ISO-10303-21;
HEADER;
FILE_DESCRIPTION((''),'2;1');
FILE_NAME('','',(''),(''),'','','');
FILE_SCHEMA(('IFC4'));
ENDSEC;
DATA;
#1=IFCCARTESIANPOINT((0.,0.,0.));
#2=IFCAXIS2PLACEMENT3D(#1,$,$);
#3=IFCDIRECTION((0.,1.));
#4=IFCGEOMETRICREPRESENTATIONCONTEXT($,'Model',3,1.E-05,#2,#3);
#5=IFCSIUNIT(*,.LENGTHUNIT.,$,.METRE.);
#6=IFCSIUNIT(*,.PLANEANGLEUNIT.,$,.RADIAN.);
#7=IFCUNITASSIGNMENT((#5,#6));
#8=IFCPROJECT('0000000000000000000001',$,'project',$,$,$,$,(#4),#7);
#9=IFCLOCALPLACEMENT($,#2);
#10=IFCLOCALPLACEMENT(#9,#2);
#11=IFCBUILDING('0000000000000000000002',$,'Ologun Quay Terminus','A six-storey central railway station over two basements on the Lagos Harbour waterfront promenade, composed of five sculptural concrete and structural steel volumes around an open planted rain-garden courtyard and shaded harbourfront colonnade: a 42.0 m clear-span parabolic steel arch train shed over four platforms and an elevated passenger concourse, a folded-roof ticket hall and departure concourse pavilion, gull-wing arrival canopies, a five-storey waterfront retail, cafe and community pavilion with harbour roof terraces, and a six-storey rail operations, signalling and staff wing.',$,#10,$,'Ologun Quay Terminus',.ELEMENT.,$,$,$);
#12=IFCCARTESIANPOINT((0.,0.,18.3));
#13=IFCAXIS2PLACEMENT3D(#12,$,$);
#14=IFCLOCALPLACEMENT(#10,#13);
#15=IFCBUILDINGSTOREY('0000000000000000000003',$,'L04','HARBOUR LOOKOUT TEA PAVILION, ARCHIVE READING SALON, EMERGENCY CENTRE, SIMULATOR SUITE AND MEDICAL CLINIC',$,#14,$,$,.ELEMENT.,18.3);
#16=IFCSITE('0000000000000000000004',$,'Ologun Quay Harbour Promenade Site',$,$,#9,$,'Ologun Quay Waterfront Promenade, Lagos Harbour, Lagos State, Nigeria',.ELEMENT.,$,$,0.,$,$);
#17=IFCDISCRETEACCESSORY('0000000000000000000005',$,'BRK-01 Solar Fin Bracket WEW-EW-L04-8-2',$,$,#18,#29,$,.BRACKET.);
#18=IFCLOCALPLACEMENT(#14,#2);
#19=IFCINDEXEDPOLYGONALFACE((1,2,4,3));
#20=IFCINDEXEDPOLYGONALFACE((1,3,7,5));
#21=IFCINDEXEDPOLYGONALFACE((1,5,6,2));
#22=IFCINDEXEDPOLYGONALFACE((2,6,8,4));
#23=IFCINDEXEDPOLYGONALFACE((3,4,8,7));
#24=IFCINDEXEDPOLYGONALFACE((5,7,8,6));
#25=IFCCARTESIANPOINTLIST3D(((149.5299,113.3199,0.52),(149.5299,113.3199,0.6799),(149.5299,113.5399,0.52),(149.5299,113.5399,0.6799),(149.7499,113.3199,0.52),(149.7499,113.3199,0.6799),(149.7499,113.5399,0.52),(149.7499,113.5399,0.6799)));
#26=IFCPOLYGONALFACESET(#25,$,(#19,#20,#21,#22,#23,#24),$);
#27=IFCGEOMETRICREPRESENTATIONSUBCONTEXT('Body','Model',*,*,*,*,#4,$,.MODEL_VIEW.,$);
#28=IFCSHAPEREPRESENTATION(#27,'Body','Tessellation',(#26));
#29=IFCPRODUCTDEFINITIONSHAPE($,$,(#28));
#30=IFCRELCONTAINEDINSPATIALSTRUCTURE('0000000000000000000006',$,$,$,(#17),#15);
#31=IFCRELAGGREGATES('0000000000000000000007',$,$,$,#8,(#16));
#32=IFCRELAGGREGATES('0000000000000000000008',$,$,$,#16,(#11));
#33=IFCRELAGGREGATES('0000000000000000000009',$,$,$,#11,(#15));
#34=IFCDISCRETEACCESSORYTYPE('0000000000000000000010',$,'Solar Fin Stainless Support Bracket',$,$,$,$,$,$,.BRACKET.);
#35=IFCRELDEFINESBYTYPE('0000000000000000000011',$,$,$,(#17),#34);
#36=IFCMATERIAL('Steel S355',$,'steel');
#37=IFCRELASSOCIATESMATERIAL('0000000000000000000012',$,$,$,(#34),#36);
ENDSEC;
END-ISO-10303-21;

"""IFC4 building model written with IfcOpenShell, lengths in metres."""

from ifc_helpers import new_model, si_unit, direction, frame, origin, origin_2d, place, context, subcontext, project, spatial, rectangle, extrude, material, type_object, element, save


model = new_model("IFC4")

# Units and contexts
model_context = context("Model", 3, precision=1e-05, world=origin(), true_north=direction((0.0, 1.0)))
body_context = subcontext(model_context, "Body", "Model", "MODEL_VIEW")
ifc_project = project(units=[si_unit("LENGTHUNIT", "METRE"), si_unit("PLANEANGLEUNIT", "RADIAN")], contexts=[model_context])

# Site, building, storey
site_placement = place(None, origin())
site = spatial("IfcSite", under=ifc_project, at=site_placement, Name="Ologun Quay Harbour Promenade Site", LongName="Ologun Quay Waterfront Promenade, Lagos Harbour, Lagos State, Nigeria", CompositionType="ELEMENT", RefElevation=0.0)
building_placement = place(site_placement, origin())
building = spatial("IfcBuilding", under=site, at=building_placement, Name="Ologun Quay Terminus", Description="A six-storey central railway station over two basements on the Lagos Harbour waterfront promenade, composed of five sculptural concrete and structural steel volumes around an open planted rain-garden courtyard and shaded harbourfront colonnade: a 42.0 m clear-span parabolic steel arch train shed over four platforms and an elevated passenger concourse, a folded-roof ticket hall and departure concourse pavilion, gull-wing arrival canopies, a five-storey waterfront retail, cafe and community pavilion with harbour roof terraces, and a six-storey rail operations, signalling and staff wing.", LongName="Ologun Quay Terminus", CompositionType="ELEMENT")
storey_placement = place(building_placement, frame((0.0, 0.0, 18.3)))
storey = spatial("IfcBuildingStorey", under=building, at=storey_placement, Name="L04", Description="HARBOUR LOOKOUT TEA PAVILION, ARCHIVE READING SALON, EMERGENCY CENTRE, SIMULATOR SUITE AND MEDICAL CLINIC", CompositionType="ELEMENT", Elevation=18.3)

# Discrete accessory
ifc_material_1 = material(Name="Steel S355", Category="steel")
discrete_accessory_type = type_object("IfcDiscreteAccessoryType", Name="Solar Fin Stainless Support Bracket", PredefinedType="BRACKET", material=ifc_material_1)
for number, where, z_axis, x_axis, name in (
    (1, (149.6399, 113.4299, 0.52), (0.0, 0.0, 1.0), (1.0, 0.0, 0.0), "BRK-01 Solar Fin Bracket WEW-EW-L04-8-2"),
):
    element("IfcDiscreteAccessory", number, at=place(storey_placement, frame(where, z_axis=z_axis, x_axis=x_axis)), inside=storey, type_object=discrete_accessory_type, Name=name, PredefinedType="BRACKET", context=body_context, shape_type="SweptSolid", body=[
        extrude(rectangle(XDim=0.22, YDim=0.22, at=origin_2d()), origin(), (0.0, 0.0, 1.0), 0.1599),
    ])

save(model, "model.ifc")
